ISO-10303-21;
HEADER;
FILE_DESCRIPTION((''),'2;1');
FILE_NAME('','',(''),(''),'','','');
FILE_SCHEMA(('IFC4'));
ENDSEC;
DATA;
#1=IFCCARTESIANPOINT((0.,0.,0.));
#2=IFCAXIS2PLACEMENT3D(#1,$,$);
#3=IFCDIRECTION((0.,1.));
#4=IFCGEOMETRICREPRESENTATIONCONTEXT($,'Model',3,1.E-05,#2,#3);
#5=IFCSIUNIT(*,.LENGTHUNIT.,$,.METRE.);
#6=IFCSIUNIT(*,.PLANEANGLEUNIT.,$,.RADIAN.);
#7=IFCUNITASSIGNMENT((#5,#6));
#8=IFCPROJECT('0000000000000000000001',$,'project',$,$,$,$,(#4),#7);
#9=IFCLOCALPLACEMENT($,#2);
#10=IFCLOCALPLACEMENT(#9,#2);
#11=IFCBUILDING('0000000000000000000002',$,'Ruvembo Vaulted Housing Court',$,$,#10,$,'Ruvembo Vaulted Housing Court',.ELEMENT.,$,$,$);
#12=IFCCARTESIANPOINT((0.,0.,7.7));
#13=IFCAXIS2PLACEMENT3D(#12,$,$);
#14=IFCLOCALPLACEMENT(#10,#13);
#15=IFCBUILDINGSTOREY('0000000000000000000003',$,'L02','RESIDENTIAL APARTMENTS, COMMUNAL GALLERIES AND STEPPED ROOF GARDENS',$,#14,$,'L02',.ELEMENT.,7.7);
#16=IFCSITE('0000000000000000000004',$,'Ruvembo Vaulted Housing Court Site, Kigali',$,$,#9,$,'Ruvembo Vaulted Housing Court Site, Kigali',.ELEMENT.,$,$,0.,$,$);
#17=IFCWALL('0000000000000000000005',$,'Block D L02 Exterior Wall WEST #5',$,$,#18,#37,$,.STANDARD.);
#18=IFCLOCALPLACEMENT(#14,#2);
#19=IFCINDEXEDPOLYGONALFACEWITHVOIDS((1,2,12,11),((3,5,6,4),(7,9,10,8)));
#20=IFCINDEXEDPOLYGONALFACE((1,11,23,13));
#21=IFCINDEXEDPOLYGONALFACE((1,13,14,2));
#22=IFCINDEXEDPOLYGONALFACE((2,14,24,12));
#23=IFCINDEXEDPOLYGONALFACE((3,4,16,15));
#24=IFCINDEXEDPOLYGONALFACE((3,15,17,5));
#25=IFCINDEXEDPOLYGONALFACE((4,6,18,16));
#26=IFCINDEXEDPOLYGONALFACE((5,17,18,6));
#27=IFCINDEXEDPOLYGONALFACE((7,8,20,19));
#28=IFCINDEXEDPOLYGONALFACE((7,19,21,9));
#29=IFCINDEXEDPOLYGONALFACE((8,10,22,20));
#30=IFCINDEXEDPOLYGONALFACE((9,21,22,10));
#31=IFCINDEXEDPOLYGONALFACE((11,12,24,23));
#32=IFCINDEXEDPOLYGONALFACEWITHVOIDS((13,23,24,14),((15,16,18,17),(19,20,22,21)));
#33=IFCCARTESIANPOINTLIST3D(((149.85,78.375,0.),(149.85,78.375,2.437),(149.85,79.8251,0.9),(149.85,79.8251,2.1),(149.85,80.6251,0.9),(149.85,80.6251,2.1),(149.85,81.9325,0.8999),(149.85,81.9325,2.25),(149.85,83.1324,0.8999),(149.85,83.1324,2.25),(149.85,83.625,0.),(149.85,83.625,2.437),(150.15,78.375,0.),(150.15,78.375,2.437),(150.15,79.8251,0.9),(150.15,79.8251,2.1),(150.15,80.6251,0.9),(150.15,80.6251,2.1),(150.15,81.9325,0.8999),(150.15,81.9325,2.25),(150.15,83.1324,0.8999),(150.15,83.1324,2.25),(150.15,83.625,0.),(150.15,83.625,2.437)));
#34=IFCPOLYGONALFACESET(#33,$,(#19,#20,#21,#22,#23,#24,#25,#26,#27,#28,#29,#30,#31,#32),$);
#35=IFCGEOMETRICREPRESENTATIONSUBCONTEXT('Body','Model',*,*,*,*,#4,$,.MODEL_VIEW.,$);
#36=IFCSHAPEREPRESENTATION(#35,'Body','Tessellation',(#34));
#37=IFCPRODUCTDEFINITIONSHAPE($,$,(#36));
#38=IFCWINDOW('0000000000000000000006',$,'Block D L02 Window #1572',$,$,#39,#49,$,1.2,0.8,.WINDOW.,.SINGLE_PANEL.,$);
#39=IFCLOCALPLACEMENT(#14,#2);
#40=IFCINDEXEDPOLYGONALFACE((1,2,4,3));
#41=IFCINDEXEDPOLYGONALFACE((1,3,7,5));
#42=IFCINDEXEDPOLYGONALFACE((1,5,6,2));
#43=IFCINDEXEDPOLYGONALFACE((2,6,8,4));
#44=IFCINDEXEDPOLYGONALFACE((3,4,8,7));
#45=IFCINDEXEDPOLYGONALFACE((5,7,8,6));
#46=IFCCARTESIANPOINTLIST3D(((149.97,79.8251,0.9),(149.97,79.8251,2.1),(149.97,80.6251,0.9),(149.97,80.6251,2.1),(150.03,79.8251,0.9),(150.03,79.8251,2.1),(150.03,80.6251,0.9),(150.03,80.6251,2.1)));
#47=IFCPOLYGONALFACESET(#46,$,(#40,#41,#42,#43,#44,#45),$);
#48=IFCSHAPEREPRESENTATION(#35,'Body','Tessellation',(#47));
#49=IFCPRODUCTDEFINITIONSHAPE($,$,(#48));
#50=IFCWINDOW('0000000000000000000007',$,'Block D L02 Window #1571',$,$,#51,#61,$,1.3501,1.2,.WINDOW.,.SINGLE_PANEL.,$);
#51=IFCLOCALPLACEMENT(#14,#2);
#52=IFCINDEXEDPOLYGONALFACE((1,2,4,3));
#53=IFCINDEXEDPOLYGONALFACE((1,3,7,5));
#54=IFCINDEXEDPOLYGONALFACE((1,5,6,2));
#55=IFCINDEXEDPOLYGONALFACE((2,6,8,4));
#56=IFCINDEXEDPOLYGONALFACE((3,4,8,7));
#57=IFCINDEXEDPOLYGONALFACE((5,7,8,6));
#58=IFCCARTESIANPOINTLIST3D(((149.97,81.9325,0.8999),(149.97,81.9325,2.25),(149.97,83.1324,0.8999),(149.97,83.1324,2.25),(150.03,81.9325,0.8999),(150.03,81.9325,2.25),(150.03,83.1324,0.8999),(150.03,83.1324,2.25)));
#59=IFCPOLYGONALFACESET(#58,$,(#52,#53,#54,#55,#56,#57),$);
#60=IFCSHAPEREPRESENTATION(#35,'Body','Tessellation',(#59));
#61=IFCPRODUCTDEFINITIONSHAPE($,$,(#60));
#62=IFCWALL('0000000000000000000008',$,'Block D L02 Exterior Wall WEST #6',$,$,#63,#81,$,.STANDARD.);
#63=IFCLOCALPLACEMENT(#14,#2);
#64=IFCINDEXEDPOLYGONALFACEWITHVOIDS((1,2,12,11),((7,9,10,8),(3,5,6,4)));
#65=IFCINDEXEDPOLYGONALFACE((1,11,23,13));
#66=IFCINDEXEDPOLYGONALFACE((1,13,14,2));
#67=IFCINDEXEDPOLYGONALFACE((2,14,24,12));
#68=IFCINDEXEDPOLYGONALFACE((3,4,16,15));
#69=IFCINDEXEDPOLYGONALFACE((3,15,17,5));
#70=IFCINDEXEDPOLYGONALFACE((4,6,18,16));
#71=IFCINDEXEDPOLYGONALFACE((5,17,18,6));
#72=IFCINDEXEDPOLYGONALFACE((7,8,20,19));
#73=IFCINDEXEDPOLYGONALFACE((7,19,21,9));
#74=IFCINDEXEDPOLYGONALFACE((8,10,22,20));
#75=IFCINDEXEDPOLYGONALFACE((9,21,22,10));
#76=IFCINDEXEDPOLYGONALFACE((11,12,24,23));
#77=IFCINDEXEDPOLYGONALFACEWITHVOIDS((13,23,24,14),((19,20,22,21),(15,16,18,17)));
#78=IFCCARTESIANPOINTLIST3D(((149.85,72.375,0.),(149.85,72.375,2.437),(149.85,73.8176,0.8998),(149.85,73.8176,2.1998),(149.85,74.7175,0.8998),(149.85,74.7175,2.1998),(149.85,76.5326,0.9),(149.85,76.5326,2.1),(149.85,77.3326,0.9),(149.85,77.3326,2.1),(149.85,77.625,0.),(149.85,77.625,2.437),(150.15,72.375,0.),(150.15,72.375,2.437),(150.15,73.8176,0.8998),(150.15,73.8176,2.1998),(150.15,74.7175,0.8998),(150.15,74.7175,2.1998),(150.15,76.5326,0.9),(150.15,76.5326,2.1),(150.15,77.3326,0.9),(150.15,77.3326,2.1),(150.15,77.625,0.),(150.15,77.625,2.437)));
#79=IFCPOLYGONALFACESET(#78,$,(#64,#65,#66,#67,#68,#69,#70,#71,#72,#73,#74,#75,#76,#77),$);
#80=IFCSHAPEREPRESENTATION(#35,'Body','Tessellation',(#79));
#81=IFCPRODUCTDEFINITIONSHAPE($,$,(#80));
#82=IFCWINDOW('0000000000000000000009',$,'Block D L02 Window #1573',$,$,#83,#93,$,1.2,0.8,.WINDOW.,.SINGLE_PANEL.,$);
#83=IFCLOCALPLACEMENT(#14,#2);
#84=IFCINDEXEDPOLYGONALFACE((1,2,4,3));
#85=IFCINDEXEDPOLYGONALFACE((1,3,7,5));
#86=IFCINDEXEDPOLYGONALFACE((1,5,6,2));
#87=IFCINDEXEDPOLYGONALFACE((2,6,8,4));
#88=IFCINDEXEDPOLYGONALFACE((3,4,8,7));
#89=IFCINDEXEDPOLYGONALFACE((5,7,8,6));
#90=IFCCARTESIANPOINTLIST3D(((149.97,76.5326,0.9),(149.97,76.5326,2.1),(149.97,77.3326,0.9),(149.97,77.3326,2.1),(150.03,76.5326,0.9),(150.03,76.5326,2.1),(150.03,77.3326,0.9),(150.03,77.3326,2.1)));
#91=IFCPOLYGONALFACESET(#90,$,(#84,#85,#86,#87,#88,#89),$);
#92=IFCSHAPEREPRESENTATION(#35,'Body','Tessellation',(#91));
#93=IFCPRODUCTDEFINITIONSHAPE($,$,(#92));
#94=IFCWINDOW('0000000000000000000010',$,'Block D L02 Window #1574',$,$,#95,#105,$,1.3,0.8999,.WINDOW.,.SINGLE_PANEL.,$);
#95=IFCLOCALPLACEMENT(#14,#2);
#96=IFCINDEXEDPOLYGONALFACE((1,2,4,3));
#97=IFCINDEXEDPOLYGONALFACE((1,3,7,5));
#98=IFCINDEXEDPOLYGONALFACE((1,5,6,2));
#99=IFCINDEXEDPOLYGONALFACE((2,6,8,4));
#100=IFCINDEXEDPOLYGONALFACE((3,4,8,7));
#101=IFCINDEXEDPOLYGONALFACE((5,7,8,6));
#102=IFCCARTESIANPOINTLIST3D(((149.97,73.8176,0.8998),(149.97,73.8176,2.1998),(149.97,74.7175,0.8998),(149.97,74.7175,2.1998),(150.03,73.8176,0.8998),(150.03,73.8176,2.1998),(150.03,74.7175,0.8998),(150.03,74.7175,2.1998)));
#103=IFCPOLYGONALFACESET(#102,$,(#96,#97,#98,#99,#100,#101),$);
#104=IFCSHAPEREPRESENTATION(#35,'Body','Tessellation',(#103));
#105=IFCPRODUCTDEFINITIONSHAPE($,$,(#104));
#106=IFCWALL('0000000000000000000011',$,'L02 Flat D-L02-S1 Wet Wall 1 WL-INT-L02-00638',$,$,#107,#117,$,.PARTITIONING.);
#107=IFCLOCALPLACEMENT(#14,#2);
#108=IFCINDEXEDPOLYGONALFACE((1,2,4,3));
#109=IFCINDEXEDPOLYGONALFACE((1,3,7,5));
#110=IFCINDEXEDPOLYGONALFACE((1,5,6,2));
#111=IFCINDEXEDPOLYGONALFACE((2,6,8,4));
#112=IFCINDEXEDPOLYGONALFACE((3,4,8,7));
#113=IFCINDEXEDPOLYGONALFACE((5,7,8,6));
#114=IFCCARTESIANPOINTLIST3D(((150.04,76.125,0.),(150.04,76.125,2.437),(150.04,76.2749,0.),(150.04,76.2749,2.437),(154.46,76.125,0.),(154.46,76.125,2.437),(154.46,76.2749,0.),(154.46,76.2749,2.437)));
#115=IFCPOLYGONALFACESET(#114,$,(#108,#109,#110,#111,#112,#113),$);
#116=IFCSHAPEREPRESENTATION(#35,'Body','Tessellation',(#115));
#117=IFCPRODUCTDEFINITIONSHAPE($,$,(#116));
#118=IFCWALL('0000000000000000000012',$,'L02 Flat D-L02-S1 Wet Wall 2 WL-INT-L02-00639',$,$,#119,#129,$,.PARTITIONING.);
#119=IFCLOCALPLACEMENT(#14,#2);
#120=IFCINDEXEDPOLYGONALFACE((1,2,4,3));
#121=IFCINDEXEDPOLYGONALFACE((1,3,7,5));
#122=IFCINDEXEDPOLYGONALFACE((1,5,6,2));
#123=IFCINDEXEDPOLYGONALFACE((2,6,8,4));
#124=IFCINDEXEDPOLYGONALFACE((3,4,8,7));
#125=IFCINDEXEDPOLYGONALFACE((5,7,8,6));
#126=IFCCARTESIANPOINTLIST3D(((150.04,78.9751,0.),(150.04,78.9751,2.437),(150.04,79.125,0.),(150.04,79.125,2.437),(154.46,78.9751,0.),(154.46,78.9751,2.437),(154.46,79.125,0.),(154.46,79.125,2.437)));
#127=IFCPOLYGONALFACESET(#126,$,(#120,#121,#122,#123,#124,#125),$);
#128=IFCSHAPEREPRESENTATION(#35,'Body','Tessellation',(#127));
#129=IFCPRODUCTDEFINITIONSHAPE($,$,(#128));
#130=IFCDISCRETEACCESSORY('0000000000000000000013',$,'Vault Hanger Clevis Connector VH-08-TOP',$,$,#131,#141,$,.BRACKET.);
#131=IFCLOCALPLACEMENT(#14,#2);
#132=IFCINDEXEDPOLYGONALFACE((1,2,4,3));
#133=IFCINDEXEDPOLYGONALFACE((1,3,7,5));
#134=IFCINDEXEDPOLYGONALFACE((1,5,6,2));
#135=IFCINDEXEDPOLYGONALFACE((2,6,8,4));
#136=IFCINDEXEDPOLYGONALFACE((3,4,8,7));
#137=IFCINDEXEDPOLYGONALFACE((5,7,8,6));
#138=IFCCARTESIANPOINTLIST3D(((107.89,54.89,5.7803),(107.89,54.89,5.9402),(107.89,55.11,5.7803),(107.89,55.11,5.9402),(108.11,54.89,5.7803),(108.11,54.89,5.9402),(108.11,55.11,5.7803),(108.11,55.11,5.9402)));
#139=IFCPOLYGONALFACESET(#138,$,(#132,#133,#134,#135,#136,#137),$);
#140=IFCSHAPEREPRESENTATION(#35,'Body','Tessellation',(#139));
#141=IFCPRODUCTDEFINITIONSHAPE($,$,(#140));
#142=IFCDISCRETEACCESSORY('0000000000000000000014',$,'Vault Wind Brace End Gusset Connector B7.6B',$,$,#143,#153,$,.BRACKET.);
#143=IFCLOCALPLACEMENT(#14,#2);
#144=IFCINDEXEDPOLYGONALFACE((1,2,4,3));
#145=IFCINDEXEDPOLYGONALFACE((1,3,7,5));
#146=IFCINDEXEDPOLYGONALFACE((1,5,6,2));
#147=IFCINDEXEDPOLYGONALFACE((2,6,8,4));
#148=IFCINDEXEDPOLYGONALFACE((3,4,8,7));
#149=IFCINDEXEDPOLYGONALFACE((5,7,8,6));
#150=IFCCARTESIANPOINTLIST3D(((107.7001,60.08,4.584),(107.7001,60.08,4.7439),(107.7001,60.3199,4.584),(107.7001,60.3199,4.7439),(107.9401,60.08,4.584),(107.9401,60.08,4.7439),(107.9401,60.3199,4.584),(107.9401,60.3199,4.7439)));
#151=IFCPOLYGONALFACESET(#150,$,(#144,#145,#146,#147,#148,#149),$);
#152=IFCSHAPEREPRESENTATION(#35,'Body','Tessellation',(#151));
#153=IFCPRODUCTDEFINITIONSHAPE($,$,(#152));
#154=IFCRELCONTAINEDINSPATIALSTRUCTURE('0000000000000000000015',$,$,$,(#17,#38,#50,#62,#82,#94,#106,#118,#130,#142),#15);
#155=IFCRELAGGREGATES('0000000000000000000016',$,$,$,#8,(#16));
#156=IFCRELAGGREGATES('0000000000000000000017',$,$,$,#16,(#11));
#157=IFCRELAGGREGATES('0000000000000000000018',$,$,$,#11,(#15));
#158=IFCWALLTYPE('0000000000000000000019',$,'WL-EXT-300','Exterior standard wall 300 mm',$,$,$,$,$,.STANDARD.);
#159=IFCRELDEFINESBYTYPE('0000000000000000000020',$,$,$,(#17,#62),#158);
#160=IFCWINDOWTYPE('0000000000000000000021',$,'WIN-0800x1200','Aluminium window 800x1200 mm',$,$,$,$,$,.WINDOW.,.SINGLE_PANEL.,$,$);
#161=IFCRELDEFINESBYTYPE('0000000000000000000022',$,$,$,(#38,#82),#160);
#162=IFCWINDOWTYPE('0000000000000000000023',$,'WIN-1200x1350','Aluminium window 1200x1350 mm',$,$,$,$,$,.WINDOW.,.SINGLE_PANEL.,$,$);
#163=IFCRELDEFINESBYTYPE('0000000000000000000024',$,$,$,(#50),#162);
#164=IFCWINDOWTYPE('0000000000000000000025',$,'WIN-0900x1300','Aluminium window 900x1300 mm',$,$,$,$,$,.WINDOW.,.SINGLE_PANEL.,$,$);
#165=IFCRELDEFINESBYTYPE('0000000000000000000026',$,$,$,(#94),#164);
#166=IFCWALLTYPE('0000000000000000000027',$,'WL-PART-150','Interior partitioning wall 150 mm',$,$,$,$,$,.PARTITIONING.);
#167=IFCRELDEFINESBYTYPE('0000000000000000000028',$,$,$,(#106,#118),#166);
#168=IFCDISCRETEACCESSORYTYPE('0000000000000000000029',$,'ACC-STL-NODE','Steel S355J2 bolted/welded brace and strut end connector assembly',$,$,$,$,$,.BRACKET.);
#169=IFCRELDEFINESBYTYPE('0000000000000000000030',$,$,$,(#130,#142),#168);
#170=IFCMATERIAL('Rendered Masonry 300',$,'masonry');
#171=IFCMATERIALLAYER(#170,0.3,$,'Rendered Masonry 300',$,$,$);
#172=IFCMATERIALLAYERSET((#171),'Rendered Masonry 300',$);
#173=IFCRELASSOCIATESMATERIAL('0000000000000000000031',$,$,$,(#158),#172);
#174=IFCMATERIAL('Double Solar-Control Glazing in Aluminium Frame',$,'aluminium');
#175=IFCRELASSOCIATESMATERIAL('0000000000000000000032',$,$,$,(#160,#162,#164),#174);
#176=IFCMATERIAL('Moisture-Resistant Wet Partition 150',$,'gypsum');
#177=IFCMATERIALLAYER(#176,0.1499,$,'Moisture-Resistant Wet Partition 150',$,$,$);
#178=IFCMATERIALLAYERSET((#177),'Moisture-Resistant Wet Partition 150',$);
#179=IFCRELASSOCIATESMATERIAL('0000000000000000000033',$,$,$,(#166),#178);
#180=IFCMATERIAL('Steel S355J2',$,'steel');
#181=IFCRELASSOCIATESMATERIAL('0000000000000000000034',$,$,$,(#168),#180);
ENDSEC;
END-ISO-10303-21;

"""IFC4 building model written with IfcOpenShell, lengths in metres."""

from ifc_helpers import new_model, si_unit, direction, frame, frame_2d, origin, origin_2d, place, context, subcontext, project, spatial, rectangle, extrude, material, layer, layer_set, type_object, element, fill, save


model = new_model("IFC4")

# Units and contexts
model_context = context("Model", 3, precision=1e-05, world=origin(), true_north=direction((0.0, 1.0)))
body_context = subcontext(model_context, "Body", "Model", "MODEL_VIEW")
ifc_project = project(units=[si_unit("LENGTHUNIT", "METRE"), si_unit("PLANEANGLEUNIT", "RADIAN")], contexts=[model_context])

# Site, building, storey
site_placement = place(None, origin())
site = spatial("IfcSite", under=ifc_project, at=site_placement, Name="Ruvembo Vaulted Housing Court Site, Kigali", LongName="Ruvembo Vaulted Housing Court Site, Kigali", CompositionType="ELEMENT", RefElevation=0.0)
building_placement = place(site_placement, origin())
building = spatial("IfcBuilding", under=site, at=building_placement, Name="Ruvembo Vaulted Housing Court", LongName="Ruvembo Vaulted Housing Court", CompositionType="ELEMENT")
storey_placement = place(building_placement, frame((0.0, 0.0, 7.7)))
storey = spatial("IfcBuildingStorey", under=building, at=storey_placement, Name="L02", Description="RESIDENTIAL APARTMENTS, COMMUNAL GALLERIES AND STEPPED ROOF GARDENS", LongName="L02", CompositionType="ELEMENT", Elevation=7.7)

# Shared definitions
ifc_material_1 = material(Name="Steel S355J2", Category="steel")

# Walls, openings, windows
ifc_material_2 = material(Name="Rendered Masonry 300", Category="masonry")
ifc_layer_1 = layer(ifc_material_2, 0.3, Name="Rendered Masonry 300")
ifc_layer_set_1 = layer_set([ifc_layer_1], Name="Rendered Masonry 300")
wall_type_1 = type_object("IfcWallType", Name="WL-EXT-300", Description="Exterior standard wall 300 mm", PredefinedType="STANDARD", material=ifc_layer_set_1)
wall_1_placement = place(storey_placement, frame((150.0, 83.625, 0.0), z_axis=(0.0, 0.0, 1.0), x_axis=(0.0, -1.0, 0.0)))
wall_1 = element("IfcWall", 1, at=wall_1_placement, inside=storey, type_object=wall_type_1, Name="Block D L02 Exterior Wall WEST #5", PredefinedType="STANDARD", context=body_context, shape_type="SweptSolid", body=[
    extrude(rectangle(XDim=5.25, YDim=0.3, at=frame_2d((2.625, 0.0))), origin(), (0.0, 0.0, 1.0), 2.437),
])
opening_1_placement = place(wall_1_placement, frame((0.4924, 0.0, 0.8999)))
opening_1 = element("IfcOpeningElement", 2, at=opening_1_placement, cuts=wall_1, PredefinedType="OPENING", context=body_context, shape_type="SweptSolid", body=[
    extrude(rectangle(XDim=1.2, YDim=1.3501, at=frame_2d((0.6001, 0.675))), frame((0.0, 0.1599, 0.0), z_axis=(0.0, -1.0, 0.0), x_axis=(1.0, 0.0, 0.0)), (0.0, 0.0, 1.0), 0.3201),
])
opening_2_placement = place(wall_1_placement, frame((3.0, 0.0, 0.8999)))
opening_2 = element("IfcOpeningElement", 3, at=opening_2_placement, cuts=wall_1, PredefinedType="OPENING", context=body_context, shape_type="SweptSolid", body=[
    extrude(rectangle(XDim=0.8, YDim=1.2, at=frame_2d((0.3999, 0.6001))), frame((0.0, 0.1599, 0.0), z_axis=(0.0, -1.0, 0.0), x_axis=(1.0, 0.0, 0.0)), (0.0, 0.0, 1.0), 0.3201),
])
ifc_material_3 = material(Name="Double Solar-Control Glazing in Aluminium Frame", Category="aluminium")
window_type_1 = type_object("IfcWindowType", Name="WIN-0800x1200", Description="Aluminium window 800x1200 mm", PartitioningType="SINGLE_PANEL", PredefinedType="WINDOW", material=ifc_material_3)
window_1_placement = place(opening_2_placement, origin())
window_1 = element("IfcWindow", 4, at=window_1_placement, inside=storey, type_object=window_type_1, Name="Block D L02 Window #1572", OverallHeight=1.2, OverallWidth=0.8, PartitioningType="SINGLE_PANEL", PredefinedType="WINDOW", context=body_context, shape_type="SweptSolid", body=[
    extrude(rectangle(XDim=0.8, YDim=1.2, at=frame_2d((0.3999, 0.6001))), frame((0.0, 0.03, 0.0), z_axis=(0.0, -1.0, 0.0), x_axis=(1.0, 0.0, 0.0)), (0.0, 0.0, 1.0), 0.0601),
])
fill(opening_2, window_1)
window_type_2 = type_object("IfcWindowType", Name="WIN-1200x1350", Description="Aluminium window 1200x1350 mm", PartitioningType="SINGLE_PANEL", PredefinedType="WINDOW", material=ifc_material_3)
window_2_placement = place(opening_1_placement, origin())
window_2 = element("IfcWindow", 5, at=window_2_placement, inside=storey, type_object=window_type_2, Name="Block D L02 Window #1571", OverallHeight=1.3501, OverallWidth=1.2, PartitioningType="SINGLE_PANEL", PredefinedType="WINDOW", context=body_context, shape_type="SweptSolid", body=[
    extrude(rectangle(XDim=1.2, YDim=1.3501, at=frame_2d((0.6001, 0.675))), frame((0.0, 0.03, 0.0), z_axis=(0.0, -1.0, 0.0), x_axis=(1.0, 0.0, 0.0)), (0.0, 0.0, 1.0), 0.0601),
])
fill(opening_1, window_2)
wall_2_placement = place(storey_placement, frame((150.0, 77.625, 0.0), z_axis=(0.0, 0.0, 1.0), x_axis=(0.0, -1.0, 0.0)))
wall_2 = element("IfcWall", 6, at=wall_2_placement, inside=storey, type_object=wall_type_1, Name="Block D L02 Exterior Wall WEST #6", PredefinedType="STANDARD", context=body_context, shape_type="SweptSolid", body=[
    extrude(rectangle(XDim=5.25, YDim=0.3, at=frame_2d((2.625, 0.0))), origin(), (0.0, 0.0, 1.0), 2.437),
])
opening_3_placement = place(wall_2_placement, frame((0.2925, 0.0, 0.8999)))
opening_3 = element("IfcOpeningElement", 7, at=opening_3_placement, cuts=wall_2, PredefinedType="OPENING", context=body_context, shape_type="SweptSolid", body=[
    extrude(rectangle(XDim=0.8, YDim=1.2, at=frame_2d((0.3999, 0.6001))), frame((0.0, 0.1599, 0.0), z_axis=(0.0, -1.0, 0.0), x_axis=(1.0, 0.0, 0.0)), (0.0, 0.0, 1.0), 0.3201),
])
opening_4_placement = place(wall_2_placement, frame((2.9075, 0.0, 0.8999)))
opening_4 = element("IfcOpeningElement", 8, at=opening_4_placement, cuts=wall_2, PredefinedType="OPENING", context=body_context, shape_type="SweptSolid", body=[
    extrude(rectangle(XDim=0.8999, YDim=1.3, at=frame_2d((0.45, 0.6499))), frame((0.0, 0.1599, 0.0), z_axis=(0.0, -1.0, 0.0), x_axis=(1.0, 0.0, 0.0)), (0.0, 0.0, 1.0), 0.3201),
])
window_3_placement = place(opening_3_placement, origin())
window_3 = element("IfcWindow", 9, at=window_3_placement, inside=storey, type_object=window_type_1, Name="Block D L02 Window #1573", OverallHeight=1.2, OverallWidth=0.8, PartitioningType="SINGLE_PANEL", PredefinedType="WINDOW", context=body_context, shape_type="SweptSolid", body=[
    extrude(rectangle(XDim=0.8, YDim=1.2, at=frame_2d((0.3999, 0.6001))), frame((0.0, 0.03, 0.0), z_axis=(0.0, -1.0, 0.0), x_axis=(1.0, 0.0, 0.0)), (0.0, 0.0, 1.0), 0.0601),
])
fill(opening_3, window_3)
window_type_3 = type_object("IfcWindowType", Name="WIN-0900x1300", Description="Aluminium window 900x1300 mm", PartitioningType="SINGLE_PANEL", PredefinedType="WINDOW", material=ifc_material_3)
window_4_placement = place(opening_4_placement, origin())
window_4 = element("IfcWindow", 10, at=window_4_placement, inside=storey, type_object=window_type_3, Name="Block D L02 Window #1574", OverallHeight=1.3, OverallWidth=0.8999, PartitioningType="SINGLE_PANEL", PredefinedType="WINDOW", context=body_context, shape_type="SweptSolid", body=[
    extrude(rectangle(XDim=0.8999, YDim=1.3, at=frame_2d((0.45, 0.6499))), frame((0.0, 0.03, 0.0), z_axis=(0.0, -1.0, 0.0), x_axis=(1.0, 0.0, 0.0)), (0.0, 0.0, 1.0), 0.0601),
])
fill(opening_4, window_4)

# Walls
ifc_material_4 = material(Name="Moisture-Resistant Wet Partition 150", Category="gypsum")
ifc_layer_2 = layer(ifc_material_4, 0.1499, Name="Moisture-Resistant Wet Partition 150")
ifc_layer_set_2 = layer_set([ifc_layer_2], Name="Moisture-Resistant Wet Partition 150")
wall_type_2 = type_object("IfcWallType", Name="WL-PART-150", Description="Interior partitioning wall 150 mm", PredefinedType="PARTITIONING", material=ifc_layer_set_2)
for number, where, z_axis, x_axis, name in (
    (11, (150.04, 76.2, 0.0), (0.0, 0.0, 1.0), (1.0, 0.0, 0.0), "L02 Flat D-L02-S1 Wet Wall 1 WL-INT-L02-00638"),
    (12, (150.04, 79.05, 0.0), (0.0, 0.0, 1.0), (1.0, 0.0, 0.0), "L02 Flat D-L02-S1 Wet Wall 2 WL-INT-L02-00639"),
):
    element("IfcWall", number, at=place(storey_placement, frame(where, z_axis=z_axis, x_axis=x_axis)), inside=storey, type_object=wall_type_2, Name=name, PredefinedType="PARTITIONING", context=body_context, shape_type="SweptSolid", body=[
        extrude(rectangle(XDim=4.4199, YDim=0.1499, at=frame_2d((2.21, 0.0))), origin(), (0.0, 0.0, 1.0), 2.437),
    ])

# Discrete accessories
discrete_accessory_type = type_object("IfcDiscreteAccessoryType", Name="ACC-STL-NODE", Description="Steel S355J2 bolted/welded brace and strut end connector assembly", PredefinedType="BRACKET", material=ifc_material_1)
discrete_accessory_1_placement = place(storey_placement, frame((108.0, 55.0, 5.7803), z_axis=(0.0, 0.0, 1.0), x_axis=(1.0, 0.0, 0.0)))
element("IfcDiscreteAccessory", 13, at=discrete_accessory_1_placement, inside=storey, type_object=discrete_accessory_type, Name="Vault Hanger Clevis Connector VH-08-TOP", PredefinedType="BRACKET", context=body_context, shape_type="SweptSolid", body=[
    extrude(rectangle(XDim=0.22, YDim=0.22, at=origin_2d()), origin(), (0.0, 0.0, 1.0), 0.1599),
])
discrete_accessory_2_placement = place(storey_placement, frame((107.8201, 60.2, 4.584), z_axis=(0.0, 0.0, 1.0), x_axis=(1.0, 0.0, 0.0)))
element("IfcDiscreteAccessory", 14, at=discrete_accessory_2_placement, inside=storey, type_object=discrete_accessory_type, Name="Vault Wind Brace End Gusset Connector B7.6B", PredefinedType="BRACKET", context=body_context, shape_type="SweptSolid", body=[
    extrude(rectangle(XDim=0.24, YDim=0.24, at=origin_2d()), origin(), (0.0, 0.0, 1.0), 0.1599),
])

save(model, "model.ifc")
